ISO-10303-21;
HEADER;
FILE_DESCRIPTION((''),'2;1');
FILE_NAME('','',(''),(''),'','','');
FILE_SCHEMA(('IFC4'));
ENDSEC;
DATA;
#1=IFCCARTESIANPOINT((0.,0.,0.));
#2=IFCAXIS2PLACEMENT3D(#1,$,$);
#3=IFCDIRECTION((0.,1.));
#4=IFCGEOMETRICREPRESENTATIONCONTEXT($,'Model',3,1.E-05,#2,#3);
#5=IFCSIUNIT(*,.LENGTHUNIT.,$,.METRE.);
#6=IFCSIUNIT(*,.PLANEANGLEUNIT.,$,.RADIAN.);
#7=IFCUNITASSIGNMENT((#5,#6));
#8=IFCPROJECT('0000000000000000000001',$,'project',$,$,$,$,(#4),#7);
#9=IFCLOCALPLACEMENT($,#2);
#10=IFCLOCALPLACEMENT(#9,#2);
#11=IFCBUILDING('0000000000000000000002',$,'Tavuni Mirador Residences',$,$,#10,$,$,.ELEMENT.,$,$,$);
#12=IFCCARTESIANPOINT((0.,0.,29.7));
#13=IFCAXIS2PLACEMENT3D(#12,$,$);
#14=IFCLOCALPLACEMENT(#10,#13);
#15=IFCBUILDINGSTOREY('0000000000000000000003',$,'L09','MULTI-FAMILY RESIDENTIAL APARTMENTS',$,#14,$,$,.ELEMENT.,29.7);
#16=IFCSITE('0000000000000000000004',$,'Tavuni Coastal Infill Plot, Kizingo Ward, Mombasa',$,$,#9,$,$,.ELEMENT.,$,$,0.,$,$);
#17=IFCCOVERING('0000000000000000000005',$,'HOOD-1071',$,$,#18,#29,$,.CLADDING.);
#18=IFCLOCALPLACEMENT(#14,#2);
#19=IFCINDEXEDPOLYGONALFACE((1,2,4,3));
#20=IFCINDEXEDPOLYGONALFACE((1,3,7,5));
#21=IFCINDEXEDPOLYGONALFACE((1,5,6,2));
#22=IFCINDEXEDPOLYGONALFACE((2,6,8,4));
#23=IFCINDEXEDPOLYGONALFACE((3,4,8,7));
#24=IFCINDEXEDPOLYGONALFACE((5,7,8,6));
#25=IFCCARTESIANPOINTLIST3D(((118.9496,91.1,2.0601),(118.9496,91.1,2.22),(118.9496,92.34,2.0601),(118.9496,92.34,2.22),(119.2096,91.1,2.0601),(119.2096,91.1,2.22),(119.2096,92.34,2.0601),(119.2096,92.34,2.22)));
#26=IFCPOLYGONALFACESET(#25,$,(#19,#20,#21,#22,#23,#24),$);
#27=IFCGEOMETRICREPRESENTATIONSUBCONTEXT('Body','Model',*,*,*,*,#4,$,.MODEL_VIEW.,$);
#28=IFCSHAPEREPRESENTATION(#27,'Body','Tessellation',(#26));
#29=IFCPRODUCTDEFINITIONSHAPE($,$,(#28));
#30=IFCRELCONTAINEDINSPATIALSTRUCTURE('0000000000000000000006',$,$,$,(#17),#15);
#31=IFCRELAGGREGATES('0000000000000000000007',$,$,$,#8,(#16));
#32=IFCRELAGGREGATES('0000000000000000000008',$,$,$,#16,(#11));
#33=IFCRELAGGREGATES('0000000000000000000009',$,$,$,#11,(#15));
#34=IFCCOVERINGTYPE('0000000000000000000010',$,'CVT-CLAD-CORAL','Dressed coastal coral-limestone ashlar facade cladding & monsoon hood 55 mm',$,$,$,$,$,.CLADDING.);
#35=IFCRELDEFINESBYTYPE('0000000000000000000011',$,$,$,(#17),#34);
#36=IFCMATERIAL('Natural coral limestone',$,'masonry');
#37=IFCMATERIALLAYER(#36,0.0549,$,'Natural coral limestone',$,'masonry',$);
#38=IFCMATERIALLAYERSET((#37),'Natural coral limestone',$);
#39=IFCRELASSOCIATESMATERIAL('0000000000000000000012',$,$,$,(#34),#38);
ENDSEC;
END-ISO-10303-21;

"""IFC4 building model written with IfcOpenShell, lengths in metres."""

from ifc_helpers import new_model, si_unit, direction, frame, origin, origin_2d, place, context, subcontext, project, spatial, rectangle, extrude, material, layer, layer_set, type_object, element, save


model = new_model("IFC4")

# Units and contexts
model_context = context("Model", 3, precision=1e-05, world=origin(), true_north=direction((0.0, 1.0)))
body_context = subcontext(model_context, "Body", "Model", "MODEL_VIEW")
ifc_project = project(units=[si_unit("LENGTHUNIT", "METRE"), si_unit("PLANEANGLEUNIT", "RADIAN")], contexts=[model_context])

# Site, building, storey
site_placement = place(None, origin())
site = spatial("IfcSite", under=ifc_project, at=site_placement, Name="Tavuni Coastal Infill Plot, Kizingo Ward, Mombasa", CompositionType="ELEMENT", RefElevation=0.0)
building_placement = place(site_placement, origin())
building = spatial("IfcBuilding", under=site, at=building_placement, Name="Tavuni Mirador Residences", CompositionType="ELEMENT")
storey_placement = place(building_placement, frame((0.0, 0.0, 29.7)))
storey = spatial("IfcBuildingStorey", under=building, at=storey_placement, Name="L09", Description="MULTI-FAMILY RESIDENTIAL APARTMENTS", CompositionType="ELEMENT", Elevation=29.7)

# Covering
ifc_material_1 = material(Name="Natural coral limestone", Category="masonry")
ifc_layer_1 = layer(ifc_material_1, 0.0549, Name="Natural coral limestone", Category="masonry")
ifc_layer_set_1 = layer_set([ifc_layer_1], Name="Natural coral limestone")
covering_type = type_object("IfcCoveringType", Name="CVT-CLAD-CORAL", Description="Dressed coastal coral-limestone ashlar facade cladding & monsoon hood 55 mm", PredefinedType="CLADDING", material=ifc_layer_set_1)
covering_placement = place(storey_placement, frame((119.0796, 91.72, 2.0601), z_axis=(0.0, 0.0, 1.0), x_axis=(0.0, 1.0, 0.0)))
element("IfcCovering", 1, at=covering_placement, inside=storey, type_object=covering_type, Name="HOOD-1071", PredefinedType="CLADDING", context=body_context, shape_type="SweptSolid", body=[
    extrude(rectangle(XDim=1.24, YDim=0.26, at=origin_2d()), origin(), (0.0, 0.0, 1.0), 0.1599),
])

save(model, "model.ifc")
